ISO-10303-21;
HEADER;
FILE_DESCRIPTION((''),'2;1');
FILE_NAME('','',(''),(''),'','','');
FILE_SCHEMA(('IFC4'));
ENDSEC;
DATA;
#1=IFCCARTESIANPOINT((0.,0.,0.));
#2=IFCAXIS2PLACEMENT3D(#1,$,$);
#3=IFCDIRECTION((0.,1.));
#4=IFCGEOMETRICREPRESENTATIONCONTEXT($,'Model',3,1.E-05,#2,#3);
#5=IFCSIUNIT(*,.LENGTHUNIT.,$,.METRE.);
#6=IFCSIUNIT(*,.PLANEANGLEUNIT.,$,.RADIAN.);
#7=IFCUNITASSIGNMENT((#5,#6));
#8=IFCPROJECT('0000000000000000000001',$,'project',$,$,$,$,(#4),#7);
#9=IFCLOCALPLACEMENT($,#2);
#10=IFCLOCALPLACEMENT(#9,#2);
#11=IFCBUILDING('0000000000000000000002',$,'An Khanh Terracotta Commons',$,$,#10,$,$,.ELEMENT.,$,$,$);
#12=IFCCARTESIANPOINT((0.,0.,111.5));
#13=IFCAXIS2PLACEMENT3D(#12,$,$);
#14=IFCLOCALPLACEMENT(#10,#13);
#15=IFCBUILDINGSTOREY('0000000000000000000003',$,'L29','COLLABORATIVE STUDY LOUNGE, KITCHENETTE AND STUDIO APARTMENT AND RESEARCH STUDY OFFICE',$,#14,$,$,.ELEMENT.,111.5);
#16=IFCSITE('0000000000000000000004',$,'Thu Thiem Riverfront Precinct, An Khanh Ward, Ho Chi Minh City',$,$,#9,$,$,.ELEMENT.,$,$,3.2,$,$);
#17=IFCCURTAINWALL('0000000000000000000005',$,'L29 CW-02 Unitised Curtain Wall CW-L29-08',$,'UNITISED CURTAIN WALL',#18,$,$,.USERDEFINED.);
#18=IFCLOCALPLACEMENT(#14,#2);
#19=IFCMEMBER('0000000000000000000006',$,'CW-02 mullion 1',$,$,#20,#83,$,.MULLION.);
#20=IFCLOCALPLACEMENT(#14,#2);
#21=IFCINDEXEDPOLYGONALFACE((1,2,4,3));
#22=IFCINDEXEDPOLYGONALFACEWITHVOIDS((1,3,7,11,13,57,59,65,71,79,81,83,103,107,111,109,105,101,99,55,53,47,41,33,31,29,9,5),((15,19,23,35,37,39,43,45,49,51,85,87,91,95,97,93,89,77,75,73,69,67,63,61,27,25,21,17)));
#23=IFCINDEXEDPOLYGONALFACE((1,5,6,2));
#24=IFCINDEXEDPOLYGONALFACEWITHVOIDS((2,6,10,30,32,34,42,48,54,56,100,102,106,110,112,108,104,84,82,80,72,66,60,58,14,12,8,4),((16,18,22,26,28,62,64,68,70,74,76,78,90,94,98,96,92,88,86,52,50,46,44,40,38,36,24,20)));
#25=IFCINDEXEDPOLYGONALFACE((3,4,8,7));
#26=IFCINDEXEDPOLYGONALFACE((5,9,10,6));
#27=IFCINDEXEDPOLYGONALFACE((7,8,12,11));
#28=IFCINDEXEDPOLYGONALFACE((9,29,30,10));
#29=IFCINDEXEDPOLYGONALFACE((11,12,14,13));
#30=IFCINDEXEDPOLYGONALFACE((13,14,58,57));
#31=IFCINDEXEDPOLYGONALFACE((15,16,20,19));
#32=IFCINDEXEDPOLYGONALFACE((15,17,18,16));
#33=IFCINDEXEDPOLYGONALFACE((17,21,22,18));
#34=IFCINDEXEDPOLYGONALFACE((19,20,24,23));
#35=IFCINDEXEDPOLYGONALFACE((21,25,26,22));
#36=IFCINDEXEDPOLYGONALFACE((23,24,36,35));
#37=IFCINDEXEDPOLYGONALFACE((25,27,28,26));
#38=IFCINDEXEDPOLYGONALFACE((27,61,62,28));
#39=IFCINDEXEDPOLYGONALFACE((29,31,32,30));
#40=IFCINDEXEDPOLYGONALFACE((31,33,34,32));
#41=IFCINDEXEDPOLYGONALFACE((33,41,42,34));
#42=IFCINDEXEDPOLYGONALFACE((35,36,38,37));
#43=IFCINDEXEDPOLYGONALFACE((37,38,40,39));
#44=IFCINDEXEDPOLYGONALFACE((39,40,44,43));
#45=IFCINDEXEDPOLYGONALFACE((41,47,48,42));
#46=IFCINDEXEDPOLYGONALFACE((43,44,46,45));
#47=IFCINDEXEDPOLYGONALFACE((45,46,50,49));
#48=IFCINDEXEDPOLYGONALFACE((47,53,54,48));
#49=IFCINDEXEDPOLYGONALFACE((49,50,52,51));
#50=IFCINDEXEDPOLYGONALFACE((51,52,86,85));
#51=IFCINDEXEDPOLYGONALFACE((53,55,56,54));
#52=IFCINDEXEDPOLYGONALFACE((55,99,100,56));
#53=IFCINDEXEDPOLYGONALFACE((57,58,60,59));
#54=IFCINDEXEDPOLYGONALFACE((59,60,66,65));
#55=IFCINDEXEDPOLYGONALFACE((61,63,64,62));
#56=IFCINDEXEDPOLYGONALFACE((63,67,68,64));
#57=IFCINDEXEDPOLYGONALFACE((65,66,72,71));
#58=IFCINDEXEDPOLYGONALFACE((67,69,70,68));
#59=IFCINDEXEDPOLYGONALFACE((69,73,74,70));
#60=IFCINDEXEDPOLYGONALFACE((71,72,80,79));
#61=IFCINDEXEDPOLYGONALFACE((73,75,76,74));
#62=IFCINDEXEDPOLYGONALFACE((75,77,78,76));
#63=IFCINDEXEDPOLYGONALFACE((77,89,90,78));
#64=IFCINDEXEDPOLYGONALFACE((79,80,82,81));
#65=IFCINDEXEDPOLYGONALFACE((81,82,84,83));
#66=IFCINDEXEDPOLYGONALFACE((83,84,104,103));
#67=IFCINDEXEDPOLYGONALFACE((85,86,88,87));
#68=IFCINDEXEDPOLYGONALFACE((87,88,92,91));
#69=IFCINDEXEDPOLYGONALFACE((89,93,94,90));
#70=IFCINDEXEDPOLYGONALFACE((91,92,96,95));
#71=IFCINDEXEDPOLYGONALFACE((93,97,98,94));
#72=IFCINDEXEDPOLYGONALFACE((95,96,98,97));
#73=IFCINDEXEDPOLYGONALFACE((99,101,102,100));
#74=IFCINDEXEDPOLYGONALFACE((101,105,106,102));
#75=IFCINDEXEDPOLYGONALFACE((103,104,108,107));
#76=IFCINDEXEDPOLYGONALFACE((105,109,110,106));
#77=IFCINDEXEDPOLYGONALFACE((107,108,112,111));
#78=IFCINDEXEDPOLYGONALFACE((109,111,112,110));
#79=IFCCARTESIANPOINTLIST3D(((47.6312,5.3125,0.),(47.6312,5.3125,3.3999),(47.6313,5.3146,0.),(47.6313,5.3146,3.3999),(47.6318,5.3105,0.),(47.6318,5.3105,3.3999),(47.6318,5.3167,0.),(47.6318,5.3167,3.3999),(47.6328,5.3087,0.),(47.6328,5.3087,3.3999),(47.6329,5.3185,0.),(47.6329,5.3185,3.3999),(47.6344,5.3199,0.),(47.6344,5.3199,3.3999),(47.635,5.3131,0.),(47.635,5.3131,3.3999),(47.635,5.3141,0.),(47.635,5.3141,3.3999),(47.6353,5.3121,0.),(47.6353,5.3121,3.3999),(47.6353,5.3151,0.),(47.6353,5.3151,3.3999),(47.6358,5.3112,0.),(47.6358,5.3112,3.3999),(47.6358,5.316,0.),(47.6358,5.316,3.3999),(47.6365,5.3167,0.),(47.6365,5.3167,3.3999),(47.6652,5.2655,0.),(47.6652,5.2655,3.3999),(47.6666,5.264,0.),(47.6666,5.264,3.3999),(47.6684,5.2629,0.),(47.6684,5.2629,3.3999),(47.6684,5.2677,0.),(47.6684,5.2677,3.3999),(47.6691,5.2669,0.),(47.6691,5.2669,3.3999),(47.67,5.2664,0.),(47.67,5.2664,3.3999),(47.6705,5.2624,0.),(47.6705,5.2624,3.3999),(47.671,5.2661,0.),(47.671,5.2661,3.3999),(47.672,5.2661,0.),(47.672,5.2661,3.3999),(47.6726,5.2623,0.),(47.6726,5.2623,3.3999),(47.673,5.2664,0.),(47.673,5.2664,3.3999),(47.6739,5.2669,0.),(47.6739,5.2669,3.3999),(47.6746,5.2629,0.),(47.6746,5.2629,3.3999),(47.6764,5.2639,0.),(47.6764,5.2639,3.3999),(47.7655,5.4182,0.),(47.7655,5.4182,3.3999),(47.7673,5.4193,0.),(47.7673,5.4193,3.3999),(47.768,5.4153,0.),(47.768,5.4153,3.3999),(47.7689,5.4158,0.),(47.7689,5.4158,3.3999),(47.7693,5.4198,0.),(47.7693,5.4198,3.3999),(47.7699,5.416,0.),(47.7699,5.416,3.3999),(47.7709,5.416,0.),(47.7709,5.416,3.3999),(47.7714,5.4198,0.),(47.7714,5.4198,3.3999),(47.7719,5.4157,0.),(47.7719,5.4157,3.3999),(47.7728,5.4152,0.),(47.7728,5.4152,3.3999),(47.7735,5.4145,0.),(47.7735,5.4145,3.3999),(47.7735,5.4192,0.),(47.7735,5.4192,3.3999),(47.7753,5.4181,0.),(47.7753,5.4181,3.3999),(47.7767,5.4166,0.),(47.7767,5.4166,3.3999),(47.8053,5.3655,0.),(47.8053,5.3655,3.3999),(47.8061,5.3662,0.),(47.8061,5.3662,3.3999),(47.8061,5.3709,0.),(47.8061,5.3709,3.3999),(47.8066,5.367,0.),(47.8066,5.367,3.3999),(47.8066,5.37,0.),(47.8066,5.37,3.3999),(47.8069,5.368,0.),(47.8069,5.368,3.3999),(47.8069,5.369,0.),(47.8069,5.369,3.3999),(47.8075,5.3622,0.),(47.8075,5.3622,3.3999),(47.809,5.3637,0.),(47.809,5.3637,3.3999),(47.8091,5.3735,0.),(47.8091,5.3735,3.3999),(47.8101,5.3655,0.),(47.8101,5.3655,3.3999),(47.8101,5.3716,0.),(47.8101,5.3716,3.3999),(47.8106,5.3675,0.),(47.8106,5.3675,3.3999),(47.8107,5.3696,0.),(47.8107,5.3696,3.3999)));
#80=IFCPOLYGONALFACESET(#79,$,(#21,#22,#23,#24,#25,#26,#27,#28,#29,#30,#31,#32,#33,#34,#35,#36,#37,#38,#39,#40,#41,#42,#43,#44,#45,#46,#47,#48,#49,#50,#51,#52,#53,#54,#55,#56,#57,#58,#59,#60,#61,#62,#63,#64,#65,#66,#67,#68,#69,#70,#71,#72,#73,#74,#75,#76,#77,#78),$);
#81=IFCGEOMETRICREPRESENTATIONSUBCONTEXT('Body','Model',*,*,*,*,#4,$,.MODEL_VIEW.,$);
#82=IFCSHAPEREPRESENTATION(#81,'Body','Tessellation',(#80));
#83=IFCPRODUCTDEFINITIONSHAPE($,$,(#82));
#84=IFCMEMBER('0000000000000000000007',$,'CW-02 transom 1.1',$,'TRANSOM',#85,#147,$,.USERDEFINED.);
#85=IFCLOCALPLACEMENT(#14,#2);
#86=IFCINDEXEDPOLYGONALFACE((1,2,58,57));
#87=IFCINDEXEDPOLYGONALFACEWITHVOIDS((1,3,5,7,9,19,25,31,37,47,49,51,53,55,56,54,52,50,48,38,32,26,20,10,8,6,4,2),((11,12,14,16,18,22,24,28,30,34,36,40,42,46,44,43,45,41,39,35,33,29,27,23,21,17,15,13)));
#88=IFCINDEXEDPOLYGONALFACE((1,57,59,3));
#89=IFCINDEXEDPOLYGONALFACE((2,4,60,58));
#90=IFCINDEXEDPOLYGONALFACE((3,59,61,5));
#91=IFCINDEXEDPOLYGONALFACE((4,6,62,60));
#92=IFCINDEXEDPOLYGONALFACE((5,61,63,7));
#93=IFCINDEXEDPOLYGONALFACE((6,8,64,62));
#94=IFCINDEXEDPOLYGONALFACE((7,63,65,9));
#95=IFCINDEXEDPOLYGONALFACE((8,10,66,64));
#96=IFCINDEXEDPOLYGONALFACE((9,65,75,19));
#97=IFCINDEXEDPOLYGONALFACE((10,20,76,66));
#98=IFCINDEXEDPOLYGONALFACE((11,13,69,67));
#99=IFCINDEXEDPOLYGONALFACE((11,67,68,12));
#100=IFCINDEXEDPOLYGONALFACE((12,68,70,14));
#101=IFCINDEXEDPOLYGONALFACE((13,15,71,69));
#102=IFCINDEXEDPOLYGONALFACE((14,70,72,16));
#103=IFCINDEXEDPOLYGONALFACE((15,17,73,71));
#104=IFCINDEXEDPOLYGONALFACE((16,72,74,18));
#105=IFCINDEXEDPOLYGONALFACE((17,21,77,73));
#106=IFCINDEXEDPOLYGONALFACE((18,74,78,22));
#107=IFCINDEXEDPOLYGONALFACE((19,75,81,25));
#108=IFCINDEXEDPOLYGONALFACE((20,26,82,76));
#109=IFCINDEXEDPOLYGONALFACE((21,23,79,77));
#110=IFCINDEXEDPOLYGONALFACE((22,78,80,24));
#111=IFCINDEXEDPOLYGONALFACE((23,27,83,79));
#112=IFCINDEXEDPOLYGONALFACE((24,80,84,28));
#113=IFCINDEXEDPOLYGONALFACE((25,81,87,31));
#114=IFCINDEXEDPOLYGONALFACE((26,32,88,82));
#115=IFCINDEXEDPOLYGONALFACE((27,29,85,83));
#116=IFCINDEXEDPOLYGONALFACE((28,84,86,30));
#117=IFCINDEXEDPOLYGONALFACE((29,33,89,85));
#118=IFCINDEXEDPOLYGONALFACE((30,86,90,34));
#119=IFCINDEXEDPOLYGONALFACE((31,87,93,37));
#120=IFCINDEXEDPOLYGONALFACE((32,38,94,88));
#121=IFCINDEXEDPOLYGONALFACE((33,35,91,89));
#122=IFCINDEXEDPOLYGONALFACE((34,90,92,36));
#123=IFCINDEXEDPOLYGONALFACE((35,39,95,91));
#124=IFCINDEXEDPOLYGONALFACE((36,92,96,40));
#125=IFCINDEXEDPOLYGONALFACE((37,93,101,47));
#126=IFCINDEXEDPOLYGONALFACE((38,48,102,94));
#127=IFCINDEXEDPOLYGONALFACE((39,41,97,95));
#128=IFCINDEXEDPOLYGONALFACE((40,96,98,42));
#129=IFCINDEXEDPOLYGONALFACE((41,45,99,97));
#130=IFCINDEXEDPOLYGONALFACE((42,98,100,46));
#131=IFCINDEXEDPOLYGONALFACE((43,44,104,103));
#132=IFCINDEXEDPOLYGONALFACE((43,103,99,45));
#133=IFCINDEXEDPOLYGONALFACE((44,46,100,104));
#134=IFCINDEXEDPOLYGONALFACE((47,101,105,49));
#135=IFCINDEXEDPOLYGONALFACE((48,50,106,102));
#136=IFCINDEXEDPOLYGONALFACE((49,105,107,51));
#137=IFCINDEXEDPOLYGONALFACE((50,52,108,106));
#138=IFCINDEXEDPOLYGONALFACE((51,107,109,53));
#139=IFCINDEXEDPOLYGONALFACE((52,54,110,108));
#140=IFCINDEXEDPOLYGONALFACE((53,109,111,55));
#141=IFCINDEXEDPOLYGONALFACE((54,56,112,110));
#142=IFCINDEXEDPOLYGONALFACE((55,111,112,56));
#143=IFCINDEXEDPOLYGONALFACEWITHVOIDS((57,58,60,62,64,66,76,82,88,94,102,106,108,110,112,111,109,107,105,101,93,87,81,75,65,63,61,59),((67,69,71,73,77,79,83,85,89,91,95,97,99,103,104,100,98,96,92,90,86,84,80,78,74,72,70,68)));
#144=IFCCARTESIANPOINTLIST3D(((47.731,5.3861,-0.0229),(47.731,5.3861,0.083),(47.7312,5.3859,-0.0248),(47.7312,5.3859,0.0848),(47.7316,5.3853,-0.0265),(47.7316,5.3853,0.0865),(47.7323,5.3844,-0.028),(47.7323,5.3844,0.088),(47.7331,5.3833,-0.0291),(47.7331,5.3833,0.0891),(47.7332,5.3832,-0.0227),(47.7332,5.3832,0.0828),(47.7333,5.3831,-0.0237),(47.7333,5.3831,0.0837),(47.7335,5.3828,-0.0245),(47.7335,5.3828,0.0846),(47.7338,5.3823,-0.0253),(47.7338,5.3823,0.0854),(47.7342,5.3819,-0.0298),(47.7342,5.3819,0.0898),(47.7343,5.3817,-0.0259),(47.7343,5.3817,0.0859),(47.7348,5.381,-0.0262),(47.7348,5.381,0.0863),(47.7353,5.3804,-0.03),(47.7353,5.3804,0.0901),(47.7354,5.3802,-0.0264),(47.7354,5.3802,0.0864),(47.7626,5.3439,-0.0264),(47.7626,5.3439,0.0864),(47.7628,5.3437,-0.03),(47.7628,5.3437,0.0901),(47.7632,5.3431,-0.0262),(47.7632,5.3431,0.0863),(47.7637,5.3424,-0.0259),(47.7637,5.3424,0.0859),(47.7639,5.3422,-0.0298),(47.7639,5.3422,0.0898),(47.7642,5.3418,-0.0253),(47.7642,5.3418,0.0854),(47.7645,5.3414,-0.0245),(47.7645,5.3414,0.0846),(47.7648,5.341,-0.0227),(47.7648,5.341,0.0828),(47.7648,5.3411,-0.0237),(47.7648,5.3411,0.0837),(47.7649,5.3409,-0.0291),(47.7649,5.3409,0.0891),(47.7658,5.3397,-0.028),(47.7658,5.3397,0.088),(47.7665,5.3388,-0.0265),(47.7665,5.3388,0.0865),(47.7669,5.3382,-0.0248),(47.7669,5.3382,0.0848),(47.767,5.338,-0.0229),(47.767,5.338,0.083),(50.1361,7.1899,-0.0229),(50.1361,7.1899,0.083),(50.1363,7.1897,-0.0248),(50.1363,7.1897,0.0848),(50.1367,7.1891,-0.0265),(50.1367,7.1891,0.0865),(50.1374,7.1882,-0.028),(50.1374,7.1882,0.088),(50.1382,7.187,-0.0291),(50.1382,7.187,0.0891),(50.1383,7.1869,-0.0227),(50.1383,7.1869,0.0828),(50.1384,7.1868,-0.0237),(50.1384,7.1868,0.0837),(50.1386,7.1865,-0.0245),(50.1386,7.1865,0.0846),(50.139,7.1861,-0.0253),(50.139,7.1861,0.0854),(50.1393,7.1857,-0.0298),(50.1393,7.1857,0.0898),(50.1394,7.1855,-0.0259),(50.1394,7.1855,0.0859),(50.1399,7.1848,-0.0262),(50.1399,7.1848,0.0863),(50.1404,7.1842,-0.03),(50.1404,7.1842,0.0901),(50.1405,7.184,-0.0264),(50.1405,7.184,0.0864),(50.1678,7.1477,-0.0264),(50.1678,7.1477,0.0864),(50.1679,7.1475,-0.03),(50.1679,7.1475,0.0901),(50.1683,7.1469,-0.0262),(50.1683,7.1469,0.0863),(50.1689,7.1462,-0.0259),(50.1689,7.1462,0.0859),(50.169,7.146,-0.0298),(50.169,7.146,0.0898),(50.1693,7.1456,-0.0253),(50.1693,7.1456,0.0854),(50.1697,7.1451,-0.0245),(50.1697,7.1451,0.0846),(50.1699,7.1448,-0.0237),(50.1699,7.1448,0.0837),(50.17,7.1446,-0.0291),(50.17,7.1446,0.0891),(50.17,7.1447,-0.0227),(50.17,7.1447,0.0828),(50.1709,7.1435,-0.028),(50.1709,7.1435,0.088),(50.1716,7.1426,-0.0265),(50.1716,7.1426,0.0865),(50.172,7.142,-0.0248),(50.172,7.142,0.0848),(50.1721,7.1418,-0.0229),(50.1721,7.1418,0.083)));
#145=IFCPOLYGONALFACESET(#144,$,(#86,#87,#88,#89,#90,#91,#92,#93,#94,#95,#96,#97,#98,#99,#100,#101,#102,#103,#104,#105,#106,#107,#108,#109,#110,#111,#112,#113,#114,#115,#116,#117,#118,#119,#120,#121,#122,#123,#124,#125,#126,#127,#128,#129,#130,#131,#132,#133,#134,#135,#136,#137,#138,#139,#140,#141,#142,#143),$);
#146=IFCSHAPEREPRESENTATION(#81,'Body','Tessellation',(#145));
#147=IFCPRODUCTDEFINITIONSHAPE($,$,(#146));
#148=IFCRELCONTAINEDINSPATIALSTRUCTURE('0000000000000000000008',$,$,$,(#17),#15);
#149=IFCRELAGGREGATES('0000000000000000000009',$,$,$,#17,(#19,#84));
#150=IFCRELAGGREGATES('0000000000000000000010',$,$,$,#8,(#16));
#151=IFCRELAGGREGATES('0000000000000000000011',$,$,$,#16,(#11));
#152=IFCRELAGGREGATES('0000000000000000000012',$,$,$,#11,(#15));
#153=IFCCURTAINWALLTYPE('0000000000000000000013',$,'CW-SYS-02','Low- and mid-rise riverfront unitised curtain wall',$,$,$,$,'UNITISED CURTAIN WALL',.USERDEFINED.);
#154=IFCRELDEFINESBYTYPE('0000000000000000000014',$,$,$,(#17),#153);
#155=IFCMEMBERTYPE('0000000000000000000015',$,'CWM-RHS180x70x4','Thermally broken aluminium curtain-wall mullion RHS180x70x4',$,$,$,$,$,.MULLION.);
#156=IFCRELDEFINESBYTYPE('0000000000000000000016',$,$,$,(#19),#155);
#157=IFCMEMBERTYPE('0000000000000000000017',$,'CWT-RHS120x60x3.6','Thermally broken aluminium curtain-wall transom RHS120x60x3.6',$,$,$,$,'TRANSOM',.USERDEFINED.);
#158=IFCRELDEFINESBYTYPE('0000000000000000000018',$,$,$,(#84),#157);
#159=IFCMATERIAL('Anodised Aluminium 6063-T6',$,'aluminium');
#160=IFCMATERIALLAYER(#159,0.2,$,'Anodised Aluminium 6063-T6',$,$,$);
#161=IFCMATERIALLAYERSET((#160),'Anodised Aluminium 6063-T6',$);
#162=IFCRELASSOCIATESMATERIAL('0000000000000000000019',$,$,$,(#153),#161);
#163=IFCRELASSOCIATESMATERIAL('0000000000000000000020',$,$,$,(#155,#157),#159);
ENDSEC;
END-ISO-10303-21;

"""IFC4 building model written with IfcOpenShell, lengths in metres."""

from ifc_helpers import new_model, si_unit, direction, frame, origin, origin_2d, place, context, subcontext, project, spatial, hollow_rectangle, extrude, material, layer, layer_set, material_profile, profile_set, type_object, element, aggregate, save


model = new_model("IFC4")

# Units and contexts
model_context = context("Model", 3, precision=1e-05, world=origin(), true_north=direction((0.0, 1.0)))
body_context = subcontext(model_context, "Body", "Model", "MODEL_VIEW")
ifc_project = project(units=[si_unit("LENGTHUNIT", "METRE"), si_unit("PLANEANGLEUNIT", "RADIAN")], contexts=[model_context])

# Site, building, storey
site_placement = place(None, origin())
site = spatial("IfcSite", under=ifc_project, at=site_placement, Name="Thu Thiem Riverfront Precinct, An Khanh Ward, Ho Chi Minh City", CompositionType="ELEMENT", RefElevation=3.2)
building_placement = place(site_placement, origin())
building = spatial("IfcBuilding", under=site, at=building_placement, Name="An Khanh Terracotta Commons", CompositionType="ELEMENT")
storey_placement = place(building_placement, frame((0.0, 0.0, 111.5)))
storey = spatial("IfcBuildingStorey", under=building, at=storey_placement, Name="L29", Description="COLLABORATIVE STUDY LOUNGE, KITCHENETTE AND STUDIO APARTMENT AND RESEARCH STUDY OFFICE", CompositionType="ELEMENT", Elevation=111.5)

# Curtain wall, members
ifc_material_1 = material(Name="Anodised Aluminium 6063-T6", Category="aluminium")
ifc_layer_1 = layer(ifc_material_1, 0.2, Name="Anodised Aluminium 6063-T6")
ifc_layer_set_1 = layer_set([ifc_layer_1], Name="Anodised Aluminium 6063-T6")
curtain_wall_type = type_object("IfcCurtainWallType", Name="CW-SYS-02", Description="Low- and mid-rise riverfront unitised curtain wall", ElementType="UNITISED CURTAIN WALL", PredefinedType="USERDEFINED", material=ifc_layer_set_1)
curtain_wall_placement = place(storey_placement, origin())
curtain_wall = element("IfcCurtainWall", 1, at=curtain_wall_placement, inside=storey, type_object=curtain_wall_type, Name="L29 CW-02 Unitised Curtain Wall CW-L29-08", ObjectType="UNITISED CURTAIN WALL", PredefinedType="USERDEFINED")
ifc_material_profile_1 = material_profile(ifc_material_1, hollow_rectangle(XDim=0.0701, YDim=0.1799, WallThickness=0.0039, InnerFilletRadius=0.0039, OuterFilletRadius=0.0081, at=origin_2d()), Name="RHS180x70x4")
ifc_profile_set_1 = profile_set([ifc_material_profile_1], Name="Anodised Aluminium 6063-T6")
member_type_1 = type_object("IfcMemberType", Name="CWM-RHS180x70x4", Description="Thermally broken aluminium curtain-wall mullion RHS180x70x4", PredefinedType="MULLION", material=ifc_profile_set_1)
member_1_placement = place(storey_placement, frame((47.7209, 5.3411, 0.0), z_axis=(0.0, 0.0, 1.0), x_axis=(-0.599983, 0.800013, 0.0)))
member_1 = element("IfcMember", 2, at=member_1_placement, type_object=member_type_1, Name="CW-02 mullion 1", PredefinedType="MULLION", context=body_context, shape_type="SweptSolid", body=[
    extrude(hollow_rectangle(XDim=0.0701, YDim=0.1799, WallThickness=0.0039, InnerFilletRadius=0.0039, OuterFilletRadius=0.0081, at=origin_2d()), origin(), (0.0, 0.0, 1.0), 3.3999),
])
ifc_material_profile_2 = material_profile(ifc_material_1, hollow_rectangle(XDim=0.0601, YDim=0.1201, WallThickness=0.0037, InnerFilletRadius=0.0037, OuterFilletRadius=0.0071, at=origin_2d()), Name="RHS120x60x3.6")
ifc_profile_set_2 = profile_set([ifc_material_profile_2], Name="Anodised Aluminium 6063-T6")
member_type_2 = type_object("IfcMemberType", Name="CWT-RHS120x60x3.6", Description="Thermally broken aluminium curtain-wall transom RHS120x60x3.6", ElementType="TRANSOM", PredefinedType="USERDEFINED", material=ifc_profile_set_2)
member_2_placement = place(storey_placement, frame((47.749, 5.3621, 0.03), z_axis=(0.80001, 0.599987, 0.0), x_axis=(-0.599987, 0.80001, 0.0)))
member_2 = element("IfcMember", 3, at=member_2_placement, type_object=member_type_2, Name="CW-02 transom 1.1", ObjectType="TRANSOM", PredefinedType="USERDEFINED", context=body_context, shape_type="SweptSolid", body=[
    extrude(hollow_rectangle(XDim=0.0601, YDim=0.1201, WallThickness=0.0037, InnerFilletRadius=0.0037, OuterFilletRadius=0.0071, at=origin_2d()), origin(), (0.0, 0.0, 1.0), 3.0063),
])
aggregate(curtain_wall, [member_1, member_2])

save(model, "model.ifc")
